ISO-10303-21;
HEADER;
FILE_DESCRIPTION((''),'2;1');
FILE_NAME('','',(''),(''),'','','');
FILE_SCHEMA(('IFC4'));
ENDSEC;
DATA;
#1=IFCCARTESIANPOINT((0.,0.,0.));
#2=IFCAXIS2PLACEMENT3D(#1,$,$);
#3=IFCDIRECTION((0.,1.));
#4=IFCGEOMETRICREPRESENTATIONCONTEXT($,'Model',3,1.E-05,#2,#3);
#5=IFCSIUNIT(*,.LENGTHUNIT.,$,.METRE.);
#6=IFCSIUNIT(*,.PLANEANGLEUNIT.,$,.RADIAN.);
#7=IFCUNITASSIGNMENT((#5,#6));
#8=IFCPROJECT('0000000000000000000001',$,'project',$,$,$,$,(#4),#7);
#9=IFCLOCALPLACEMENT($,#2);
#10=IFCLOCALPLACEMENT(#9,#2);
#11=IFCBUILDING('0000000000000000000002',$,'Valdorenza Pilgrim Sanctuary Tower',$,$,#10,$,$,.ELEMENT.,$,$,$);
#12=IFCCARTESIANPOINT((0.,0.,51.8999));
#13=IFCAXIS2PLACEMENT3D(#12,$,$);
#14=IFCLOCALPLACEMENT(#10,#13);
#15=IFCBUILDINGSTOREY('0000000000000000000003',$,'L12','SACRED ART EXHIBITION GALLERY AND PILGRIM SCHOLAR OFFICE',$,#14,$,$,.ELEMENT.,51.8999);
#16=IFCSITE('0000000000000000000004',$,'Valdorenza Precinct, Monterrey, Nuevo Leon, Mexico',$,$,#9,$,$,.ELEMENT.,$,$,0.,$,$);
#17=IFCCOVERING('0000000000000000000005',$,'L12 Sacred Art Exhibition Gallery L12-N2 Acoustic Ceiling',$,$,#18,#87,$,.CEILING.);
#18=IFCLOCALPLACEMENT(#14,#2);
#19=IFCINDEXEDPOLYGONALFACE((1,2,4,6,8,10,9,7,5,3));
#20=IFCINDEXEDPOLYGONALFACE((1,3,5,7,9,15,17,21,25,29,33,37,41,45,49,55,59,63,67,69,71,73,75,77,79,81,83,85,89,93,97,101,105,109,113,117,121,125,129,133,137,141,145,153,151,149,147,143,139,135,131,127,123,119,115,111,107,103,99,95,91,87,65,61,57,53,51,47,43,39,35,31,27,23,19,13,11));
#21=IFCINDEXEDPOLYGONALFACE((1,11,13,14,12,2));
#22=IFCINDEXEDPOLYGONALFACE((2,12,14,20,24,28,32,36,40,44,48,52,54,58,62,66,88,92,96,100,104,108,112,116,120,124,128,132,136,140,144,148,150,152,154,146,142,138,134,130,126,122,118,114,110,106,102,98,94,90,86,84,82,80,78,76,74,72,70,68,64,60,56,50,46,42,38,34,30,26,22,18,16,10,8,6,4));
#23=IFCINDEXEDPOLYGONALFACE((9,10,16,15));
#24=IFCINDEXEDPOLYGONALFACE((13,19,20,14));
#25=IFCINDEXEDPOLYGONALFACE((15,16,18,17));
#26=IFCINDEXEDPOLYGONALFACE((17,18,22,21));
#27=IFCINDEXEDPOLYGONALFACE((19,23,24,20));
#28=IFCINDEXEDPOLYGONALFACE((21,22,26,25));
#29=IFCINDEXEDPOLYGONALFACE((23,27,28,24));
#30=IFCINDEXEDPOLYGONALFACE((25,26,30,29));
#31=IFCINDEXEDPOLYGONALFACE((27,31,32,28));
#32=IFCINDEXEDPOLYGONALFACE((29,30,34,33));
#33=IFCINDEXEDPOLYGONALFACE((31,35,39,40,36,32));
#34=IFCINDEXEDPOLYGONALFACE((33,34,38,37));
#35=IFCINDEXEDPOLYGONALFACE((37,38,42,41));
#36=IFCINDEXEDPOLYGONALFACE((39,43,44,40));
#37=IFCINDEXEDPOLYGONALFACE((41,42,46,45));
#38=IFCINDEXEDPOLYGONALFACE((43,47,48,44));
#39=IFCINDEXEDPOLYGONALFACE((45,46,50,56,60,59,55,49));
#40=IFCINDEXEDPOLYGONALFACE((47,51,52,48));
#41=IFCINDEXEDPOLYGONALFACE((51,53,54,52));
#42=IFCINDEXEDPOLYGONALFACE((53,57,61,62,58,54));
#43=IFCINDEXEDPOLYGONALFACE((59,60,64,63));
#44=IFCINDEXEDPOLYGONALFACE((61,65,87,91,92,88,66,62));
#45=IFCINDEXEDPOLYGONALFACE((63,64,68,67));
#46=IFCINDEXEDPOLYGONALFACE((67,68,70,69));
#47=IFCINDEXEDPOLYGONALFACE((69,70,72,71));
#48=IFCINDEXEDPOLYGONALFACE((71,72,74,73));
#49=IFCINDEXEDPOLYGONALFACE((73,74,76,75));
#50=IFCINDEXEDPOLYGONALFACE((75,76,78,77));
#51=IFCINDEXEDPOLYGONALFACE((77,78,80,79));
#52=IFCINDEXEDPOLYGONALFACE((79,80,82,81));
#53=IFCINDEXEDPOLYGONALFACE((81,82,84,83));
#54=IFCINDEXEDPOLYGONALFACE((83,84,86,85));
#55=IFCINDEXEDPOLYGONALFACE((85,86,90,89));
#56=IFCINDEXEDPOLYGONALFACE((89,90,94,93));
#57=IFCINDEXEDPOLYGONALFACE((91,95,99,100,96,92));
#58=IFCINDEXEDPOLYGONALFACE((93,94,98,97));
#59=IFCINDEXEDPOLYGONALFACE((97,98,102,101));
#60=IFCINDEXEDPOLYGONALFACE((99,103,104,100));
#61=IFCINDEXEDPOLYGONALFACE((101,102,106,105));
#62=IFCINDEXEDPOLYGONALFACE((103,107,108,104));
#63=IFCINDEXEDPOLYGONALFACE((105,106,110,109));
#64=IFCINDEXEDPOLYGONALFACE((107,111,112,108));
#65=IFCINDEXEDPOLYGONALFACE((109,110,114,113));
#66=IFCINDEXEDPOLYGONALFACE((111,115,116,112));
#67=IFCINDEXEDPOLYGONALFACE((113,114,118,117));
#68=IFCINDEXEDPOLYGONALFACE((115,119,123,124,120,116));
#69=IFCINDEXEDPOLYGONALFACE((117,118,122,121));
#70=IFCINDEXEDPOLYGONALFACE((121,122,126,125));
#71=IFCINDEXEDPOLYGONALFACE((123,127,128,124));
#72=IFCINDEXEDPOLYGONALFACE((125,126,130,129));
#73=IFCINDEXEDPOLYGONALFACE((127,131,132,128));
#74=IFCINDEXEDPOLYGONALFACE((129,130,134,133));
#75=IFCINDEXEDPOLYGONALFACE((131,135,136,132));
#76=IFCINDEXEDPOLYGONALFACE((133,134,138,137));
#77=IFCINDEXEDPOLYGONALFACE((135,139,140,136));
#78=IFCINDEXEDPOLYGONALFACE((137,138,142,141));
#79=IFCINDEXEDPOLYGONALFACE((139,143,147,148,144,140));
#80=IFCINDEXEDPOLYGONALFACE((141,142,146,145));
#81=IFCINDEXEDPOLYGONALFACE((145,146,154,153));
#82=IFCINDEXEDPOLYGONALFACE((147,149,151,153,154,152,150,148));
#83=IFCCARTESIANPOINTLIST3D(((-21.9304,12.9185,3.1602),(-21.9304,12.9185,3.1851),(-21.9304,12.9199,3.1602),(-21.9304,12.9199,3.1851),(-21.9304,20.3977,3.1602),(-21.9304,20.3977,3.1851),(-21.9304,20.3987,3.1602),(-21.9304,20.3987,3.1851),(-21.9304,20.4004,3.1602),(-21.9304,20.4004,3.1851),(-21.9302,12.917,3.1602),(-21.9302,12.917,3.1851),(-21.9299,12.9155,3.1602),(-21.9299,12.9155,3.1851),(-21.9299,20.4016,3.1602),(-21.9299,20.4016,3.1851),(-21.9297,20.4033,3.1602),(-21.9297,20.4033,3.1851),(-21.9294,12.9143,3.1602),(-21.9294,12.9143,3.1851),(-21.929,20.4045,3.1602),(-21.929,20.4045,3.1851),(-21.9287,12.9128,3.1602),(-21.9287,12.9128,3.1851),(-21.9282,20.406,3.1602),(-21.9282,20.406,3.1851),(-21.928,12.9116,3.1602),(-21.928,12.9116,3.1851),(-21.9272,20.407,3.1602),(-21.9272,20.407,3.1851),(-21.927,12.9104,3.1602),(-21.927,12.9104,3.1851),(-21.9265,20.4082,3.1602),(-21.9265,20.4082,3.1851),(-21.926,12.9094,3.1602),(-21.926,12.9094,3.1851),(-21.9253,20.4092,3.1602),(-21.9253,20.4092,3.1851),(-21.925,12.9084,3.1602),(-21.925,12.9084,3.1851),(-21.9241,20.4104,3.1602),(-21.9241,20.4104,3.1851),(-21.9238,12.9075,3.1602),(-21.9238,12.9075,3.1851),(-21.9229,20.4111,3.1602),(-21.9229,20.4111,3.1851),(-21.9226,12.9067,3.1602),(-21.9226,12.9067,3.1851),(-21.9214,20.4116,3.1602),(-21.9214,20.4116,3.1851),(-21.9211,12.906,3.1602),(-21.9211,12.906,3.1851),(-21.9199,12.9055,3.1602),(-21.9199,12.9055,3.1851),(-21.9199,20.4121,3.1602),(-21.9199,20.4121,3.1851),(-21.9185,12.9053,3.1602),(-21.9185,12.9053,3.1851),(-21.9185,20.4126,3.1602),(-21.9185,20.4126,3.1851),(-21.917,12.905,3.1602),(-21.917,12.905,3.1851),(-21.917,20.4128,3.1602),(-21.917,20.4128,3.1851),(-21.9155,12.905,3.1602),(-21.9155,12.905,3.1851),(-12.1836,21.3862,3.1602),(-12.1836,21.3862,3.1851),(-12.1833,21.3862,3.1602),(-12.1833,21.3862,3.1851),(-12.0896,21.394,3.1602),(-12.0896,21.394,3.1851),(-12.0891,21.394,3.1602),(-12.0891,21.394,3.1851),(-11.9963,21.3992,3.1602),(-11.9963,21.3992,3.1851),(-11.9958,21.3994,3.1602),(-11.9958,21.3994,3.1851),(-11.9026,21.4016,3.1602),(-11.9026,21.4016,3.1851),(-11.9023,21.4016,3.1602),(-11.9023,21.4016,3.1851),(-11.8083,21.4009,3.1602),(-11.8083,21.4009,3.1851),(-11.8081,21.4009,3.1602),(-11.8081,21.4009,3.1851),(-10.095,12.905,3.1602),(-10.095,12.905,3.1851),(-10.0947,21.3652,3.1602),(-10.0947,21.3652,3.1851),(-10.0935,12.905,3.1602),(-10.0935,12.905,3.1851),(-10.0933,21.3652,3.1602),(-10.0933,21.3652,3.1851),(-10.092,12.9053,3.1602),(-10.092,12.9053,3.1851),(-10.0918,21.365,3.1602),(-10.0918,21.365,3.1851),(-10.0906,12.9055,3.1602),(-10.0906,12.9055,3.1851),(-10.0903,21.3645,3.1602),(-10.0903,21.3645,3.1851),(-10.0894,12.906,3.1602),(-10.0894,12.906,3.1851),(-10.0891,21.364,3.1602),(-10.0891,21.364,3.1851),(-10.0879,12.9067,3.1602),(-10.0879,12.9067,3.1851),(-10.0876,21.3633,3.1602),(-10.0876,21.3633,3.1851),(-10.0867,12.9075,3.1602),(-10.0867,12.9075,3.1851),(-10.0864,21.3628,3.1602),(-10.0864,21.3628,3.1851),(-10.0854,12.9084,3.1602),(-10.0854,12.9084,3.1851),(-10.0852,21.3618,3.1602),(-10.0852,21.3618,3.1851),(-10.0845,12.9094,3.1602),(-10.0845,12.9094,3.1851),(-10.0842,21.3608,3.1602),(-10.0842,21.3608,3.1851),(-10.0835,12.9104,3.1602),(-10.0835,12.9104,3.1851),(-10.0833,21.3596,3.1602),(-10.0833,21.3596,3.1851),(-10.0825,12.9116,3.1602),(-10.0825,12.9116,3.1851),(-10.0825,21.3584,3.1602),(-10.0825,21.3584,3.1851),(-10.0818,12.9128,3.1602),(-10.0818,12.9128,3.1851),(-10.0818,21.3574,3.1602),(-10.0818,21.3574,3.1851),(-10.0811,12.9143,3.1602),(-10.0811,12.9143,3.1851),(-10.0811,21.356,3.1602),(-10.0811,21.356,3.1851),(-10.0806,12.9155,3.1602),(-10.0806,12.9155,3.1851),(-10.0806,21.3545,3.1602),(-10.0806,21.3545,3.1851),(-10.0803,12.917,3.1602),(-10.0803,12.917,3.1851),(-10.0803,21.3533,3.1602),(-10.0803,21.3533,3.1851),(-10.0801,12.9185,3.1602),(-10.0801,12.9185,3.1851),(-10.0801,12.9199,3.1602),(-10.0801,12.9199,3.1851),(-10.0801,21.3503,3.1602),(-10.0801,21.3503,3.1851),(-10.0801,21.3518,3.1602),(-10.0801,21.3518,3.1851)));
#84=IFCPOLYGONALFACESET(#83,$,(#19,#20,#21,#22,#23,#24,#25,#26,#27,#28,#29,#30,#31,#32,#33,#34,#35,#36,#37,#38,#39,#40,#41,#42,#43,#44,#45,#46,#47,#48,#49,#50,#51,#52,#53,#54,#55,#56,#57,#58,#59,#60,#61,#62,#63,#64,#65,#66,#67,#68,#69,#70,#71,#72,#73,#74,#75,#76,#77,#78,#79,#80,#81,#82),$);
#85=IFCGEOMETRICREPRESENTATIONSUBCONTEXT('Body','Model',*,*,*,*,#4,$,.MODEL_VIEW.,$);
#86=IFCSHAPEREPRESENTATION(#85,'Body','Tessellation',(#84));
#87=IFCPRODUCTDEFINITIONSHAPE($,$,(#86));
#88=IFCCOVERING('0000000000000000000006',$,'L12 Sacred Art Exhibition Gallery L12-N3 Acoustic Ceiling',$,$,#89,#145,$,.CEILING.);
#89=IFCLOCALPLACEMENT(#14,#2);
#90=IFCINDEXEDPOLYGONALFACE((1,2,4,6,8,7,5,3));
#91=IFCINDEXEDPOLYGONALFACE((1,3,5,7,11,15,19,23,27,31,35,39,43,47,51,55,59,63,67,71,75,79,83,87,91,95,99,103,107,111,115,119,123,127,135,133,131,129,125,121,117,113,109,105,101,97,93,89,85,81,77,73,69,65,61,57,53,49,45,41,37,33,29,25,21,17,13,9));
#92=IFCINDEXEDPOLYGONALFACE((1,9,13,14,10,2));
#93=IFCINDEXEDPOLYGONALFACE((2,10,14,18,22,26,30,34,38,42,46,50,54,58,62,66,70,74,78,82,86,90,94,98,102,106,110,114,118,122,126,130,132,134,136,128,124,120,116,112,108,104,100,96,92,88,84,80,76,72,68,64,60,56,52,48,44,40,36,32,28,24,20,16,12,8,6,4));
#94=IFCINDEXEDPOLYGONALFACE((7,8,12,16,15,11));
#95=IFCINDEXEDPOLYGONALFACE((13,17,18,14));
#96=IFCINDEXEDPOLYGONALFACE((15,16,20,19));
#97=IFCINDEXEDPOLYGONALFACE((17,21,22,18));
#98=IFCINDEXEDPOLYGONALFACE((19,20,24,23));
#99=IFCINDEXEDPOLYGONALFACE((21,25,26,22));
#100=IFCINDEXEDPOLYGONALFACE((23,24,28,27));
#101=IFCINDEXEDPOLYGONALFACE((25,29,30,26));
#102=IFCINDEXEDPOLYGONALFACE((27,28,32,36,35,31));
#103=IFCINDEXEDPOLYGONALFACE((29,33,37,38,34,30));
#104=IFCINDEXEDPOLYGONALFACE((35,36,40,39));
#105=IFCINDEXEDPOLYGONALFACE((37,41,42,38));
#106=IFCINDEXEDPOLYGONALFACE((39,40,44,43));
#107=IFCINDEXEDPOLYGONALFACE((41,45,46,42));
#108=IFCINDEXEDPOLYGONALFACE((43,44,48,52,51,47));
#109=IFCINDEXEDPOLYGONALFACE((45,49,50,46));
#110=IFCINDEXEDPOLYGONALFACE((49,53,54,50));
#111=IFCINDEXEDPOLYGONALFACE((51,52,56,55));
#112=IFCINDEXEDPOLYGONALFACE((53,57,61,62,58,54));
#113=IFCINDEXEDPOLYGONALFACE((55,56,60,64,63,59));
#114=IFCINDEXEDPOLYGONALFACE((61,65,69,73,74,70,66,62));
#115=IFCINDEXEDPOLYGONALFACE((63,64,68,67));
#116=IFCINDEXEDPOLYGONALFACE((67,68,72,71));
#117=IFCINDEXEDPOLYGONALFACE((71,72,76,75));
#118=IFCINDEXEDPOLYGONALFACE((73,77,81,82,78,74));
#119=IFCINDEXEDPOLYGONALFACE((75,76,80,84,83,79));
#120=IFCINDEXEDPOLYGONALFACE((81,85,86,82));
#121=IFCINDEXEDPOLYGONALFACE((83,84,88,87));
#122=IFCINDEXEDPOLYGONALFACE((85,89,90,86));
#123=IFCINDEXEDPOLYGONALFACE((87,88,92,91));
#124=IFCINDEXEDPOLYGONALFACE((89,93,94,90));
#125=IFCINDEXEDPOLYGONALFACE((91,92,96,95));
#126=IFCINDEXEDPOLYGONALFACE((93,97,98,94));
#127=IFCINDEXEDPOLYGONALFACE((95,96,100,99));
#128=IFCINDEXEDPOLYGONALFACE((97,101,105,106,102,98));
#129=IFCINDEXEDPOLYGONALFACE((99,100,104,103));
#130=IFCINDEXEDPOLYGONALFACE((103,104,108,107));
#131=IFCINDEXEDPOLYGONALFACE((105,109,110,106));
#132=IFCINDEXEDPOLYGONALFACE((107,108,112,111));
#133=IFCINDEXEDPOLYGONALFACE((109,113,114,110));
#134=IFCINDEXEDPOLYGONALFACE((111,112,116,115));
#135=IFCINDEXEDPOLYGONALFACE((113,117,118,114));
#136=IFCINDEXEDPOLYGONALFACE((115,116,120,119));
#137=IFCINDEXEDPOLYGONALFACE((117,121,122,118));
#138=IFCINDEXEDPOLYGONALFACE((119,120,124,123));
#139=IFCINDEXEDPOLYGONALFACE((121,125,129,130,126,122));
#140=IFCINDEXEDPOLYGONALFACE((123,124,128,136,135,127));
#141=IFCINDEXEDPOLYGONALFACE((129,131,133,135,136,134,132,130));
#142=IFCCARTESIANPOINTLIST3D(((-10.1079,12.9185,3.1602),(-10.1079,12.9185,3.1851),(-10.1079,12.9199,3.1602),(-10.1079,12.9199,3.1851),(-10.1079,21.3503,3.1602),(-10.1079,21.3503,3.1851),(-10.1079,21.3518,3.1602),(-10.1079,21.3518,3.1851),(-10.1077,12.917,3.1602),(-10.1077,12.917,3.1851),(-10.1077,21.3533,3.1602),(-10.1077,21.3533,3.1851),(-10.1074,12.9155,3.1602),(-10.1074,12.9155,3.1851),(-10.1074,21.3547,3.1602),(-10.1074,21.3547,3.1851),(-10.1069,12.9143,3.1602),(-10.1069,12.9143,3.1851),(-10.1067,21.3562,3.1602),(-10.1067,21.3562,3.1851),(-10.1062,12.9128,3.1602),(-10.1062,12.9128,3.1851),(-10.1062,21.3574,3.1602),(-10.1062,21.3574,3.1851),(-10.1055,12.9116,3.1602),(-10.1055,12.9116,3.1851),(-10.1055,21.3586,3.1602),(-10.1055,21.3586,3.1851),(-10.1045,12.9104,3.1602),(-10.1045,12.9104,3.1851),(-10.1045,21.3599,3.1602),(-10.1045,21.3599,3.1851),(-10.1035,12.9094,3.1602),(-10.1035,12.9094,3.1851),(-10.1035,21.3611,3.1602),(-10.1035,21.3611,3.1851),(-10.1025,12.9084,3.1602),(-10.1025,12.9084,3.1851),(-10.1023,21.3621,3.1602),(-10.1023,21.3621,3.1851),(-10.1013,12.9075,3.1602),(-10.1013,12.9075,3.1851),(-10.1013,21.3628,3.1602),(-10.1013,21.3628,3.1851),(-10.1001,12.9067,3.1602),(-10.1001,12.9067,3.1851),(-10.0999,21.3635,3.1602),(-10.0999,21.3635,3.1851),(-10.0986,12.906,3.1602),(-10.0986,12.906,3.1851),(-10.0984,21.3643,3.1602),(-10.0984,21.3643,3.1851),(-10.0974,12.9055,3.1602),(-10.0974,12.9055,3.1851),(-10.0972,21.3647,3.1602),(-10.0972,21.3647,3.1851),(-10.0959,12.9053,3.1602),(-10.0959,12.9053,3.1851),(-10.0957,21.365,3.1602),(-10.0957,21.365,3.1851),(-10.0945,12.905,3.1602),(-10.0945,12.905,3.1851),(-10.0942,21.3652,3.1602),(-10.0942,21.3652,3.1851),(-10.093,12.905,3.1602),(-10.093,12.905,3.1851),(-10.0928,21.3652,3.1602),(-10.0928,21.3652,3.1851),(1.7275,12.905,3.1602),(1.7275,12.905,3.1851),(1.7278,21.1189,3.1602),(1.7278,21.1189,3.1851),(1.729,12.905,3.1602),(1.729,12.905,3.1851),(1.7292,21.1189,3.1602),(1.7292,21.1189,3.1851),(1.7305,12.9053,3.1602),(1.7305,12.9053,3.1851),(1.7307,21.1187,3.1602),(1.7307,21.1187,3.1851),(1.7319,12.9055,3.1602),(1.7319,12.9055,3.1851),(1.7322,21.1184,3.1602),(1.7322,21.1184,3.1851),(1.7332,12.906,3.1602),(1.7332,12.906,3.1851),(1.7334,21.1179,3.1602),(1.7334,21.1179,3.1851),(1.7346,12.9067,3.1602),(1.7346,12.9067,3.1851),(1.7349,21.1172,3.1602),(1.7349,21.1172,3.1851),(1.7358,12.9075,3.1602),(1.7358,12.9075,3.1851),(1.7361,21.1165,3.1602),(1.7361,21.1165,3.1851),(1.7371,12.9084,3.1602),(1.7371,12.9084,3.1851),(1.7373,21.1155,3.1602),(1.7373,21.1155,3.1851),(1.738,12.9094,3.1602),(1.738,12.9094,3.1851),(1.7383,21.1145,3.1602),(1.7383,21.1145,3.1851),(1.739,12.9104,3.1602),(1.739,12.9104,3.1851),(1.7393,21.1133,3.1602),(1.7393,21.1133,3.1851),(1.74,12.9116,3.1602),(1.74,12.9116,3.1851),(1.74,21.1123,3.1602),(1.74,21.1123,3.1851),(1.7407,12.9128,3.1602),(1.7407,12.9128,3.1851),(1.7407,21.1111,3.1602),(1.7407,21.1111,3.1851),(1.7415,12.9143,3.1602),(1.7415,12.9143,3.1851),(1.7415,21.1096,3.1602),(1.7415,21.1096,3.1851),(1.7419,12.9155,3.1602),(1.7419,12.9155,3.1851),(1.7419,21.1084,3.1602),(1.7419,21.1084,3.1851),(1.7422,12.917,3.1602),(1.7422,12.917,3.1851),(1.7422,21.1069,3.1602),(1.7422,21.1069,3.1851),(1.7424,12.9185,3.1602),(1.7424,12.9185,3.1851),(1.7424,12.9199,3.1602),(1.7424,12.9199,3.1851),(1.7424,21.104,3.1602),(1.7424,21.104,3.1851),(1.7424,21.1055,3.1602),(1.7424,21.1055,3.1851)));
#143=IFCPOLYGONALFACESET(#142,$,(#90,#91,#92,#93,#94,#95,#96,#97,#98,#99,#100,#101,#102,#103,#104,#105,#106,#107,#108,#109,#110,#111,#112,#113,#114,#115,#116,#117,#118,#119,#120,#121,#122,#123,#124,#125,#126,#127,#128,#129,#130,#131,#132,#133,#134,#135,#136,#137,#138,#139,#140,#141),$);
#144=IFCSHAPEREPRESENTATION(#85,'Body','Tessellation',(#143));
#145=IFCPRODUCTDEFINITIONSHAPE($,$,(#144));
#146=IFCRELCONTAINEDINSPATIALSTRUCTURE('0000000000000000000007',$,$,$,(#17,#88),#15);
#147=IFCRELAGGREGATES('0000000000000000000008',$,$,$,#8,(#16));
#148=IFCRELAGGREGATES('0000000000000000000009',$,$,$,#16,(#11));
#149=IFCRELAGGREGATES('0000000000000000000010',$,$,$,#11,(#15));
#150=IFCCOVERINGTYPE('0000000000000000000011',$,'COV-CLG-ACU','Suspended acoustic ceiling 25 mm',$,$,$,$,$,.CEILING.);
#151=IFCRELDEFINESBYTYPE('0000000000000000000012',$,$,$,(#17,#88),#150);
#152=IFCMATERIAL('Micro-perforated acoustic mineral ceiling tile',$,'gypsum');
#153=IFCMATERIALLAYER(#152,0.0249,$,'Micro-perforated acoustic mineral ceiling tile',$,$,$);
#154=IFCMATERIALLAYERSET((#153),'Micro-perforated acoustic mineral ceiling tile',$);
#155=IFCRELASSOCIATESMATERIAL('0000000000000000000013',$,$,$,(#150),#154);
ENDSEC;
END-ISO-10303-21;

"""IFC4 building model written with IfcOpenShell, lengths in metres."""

from ifc_helpers import new_model, si_unit, direction, frame, origin, place, context, subcontext, project, spatial, polyline, outline, extrude, material, layer, layer_set, type_object, element, save


model = new_model("IFC4")

# Units and contexts
model_context = context("Model", 3, precision=1e-05, world=origin(), true_north=direction((0.0, 1.0)))
body_context = subcontext(model_context, "Body", "Model", "MODEL_VIEW")
ifc_project = project(units=[si_unit("LENGTHUNIT", "METRE"), si_unit("PLANEANGLEUNIT", "RADIAN")], contexts=[model_context])

# Site, building, storey
site_placement = place(None, origin())
site = spatial("IfcSite", under=ifc_project, at=site_placement, Name="Valdorenza Precinct, Monterrey, Nuevo Leon, Mexico", CompositionType="ELEMENT", RefElevation=0.0)
building_placement = place(site_placement, origin())
building = spatial("IfcBuilding", under=site, at=building_placement, Name="Valdorenza Pilgrim Sanctuary Tower", CompositionType="ELEMENT")
storey_placement = place(building_placement, frame((0.0, 0.0, 51.8999)))
storey = spatial("IfcBuildingStorey", under=building, at=storey_placement, Name="L12", Description="SACRED ART EXHIBITION GALLERY AND PILGRIM SCHOLAR OFFICE", CompositionType="ELEMENT", Elevation=51.8999)

# Coverings
ifc_material_1 = material(Name="Micro-perforated acoustic mineral ceiling tile", Category="gypsum")
ifc_layer_1 = layer(ifc_material_1, 0.0249, Name="Micro-perforated acoustic mineral ceiling tile")
ifc_layer_set_1 = layer_set([ifc_layer_1], Name="Micro-perforated acoustic mineral ceiling tile")
covering_type_1 = type_object("IfcCoveringType", Name="COV-CLG-ACU", Description="Suspended acoustic ceiling 25 mm", PredefinedType="CEILING", material=ifc_layer_set_1)
covering_1_placement = place(storey_placement, frame((0.0, 0.0, 3.1602)))
element("IfcCovering", 1, at=covering_1_placement, inside=storey, type_object=covering_type_1, Name="L12 Sacred Art Exhibition Gallery L12-N2 Acoustic Ceiling", PredefinedType="CEILING", context=body_context, shape_type="SweptSolid", body=[
    extrude(outline(polyline([(-21.9304, 20.3977), (-21.9304, 20.3987), (-21.9304, 20.4004), (-21.9299, 20.4016), (-21.9297, 20.4033), (-21.929, 20.4045), (-21.9282, 20.406), (-21.9272, 20.407), (-21.9265, 20.4082), (-21.9253, 20.4092), (-21.9241, 20.4104), (-21.9229, 20.4111), (-21.9214, 20.4116), (-21.9199, 20.4121), (-21.9185, 20.4126), (-21.917, 20.4128), (-12.1836, 21.3862), (-12.1833, 21.3862), (-12.0896, 21.394), (-12.0891, 21.394), (-11.9963, 21.3992), (-11.9958, 21.3994), (-11.9026, 21.4016), (-11.9023, 21.4016), (-11.8083, 21.4009), (-11.8081, 21.4009), (-10.0947, 21.3652), (-10.0933, 21.3652), (-10.0918, 21.365), (-10.0903, 21.3645), (-10.0891, 21.364), (-10.0876, 21.3633), (-10.0864, 21.3628), (-10.0852, 21.3618), (-10.0842, 21.3608), (-10.0833, 21.3596), (-10.0825, 21.3584), (-10.0818, 21.3574), (-10.0811, 21.356), (-10.0806, 21.3545), (-10.0803, 21.3533), (-10.0801, 21.3518), (-10.0801, 21.3503), (-10.0801, 12.9199), (-10.0801, 12.9185), (-10.0803, 12.917), (-10.0806, 12.9155), (-10.0811, 12.9143), (-10.0818, 12.9128), (-10.0825, 12.9116), (-10.0835, 12.9104), (-10.0845, 12.9094), (-10.0854, 12.9084), (-10.0867, 12.9075), (-10.0879, 12.9067), (-10.0894, 12.906), (-10.0906, 12.9055), (-10.092, 12.9053), (-10.0935, 12.905), (-10.095, 12.905), (-21.9155, 12.905), (-21.917, 12.905), (-21.9185, 12.9053), (-21.9199, 12.9055), (-21.9211, 12.906), (-21.9226, 12.9067), (-21.9238, 12.9075), (-21.925, 12.9084), (-21.926, 12.9094), (-21.927, 12.9104), (-21.928, 12.9116), (-21.9287, 12.9128), (-21.9294, 12.9143), (-21.9299, 12.9155), (-21.9302, 12.917), (-21.9304, 12.9185), (-21.9304, 12.9199), (-21.9304, 20.3977), (-21.9304, 20.3977)])), origin(), (0.0, 0.0, 1.0), 0.0249),
])
covering_2_placement = place(storey_placement, frame((0.0, 0.0, 3.1602)))
element("IfcCovering", 2, at=covering_2_placement, inside=storey, type_object=covering_type_1, Name="L12 Sacred Art Exhibition Gallery L12-N3 Acoustic Ceiling", PredefinedType="CEILING", context=body_context, shape_type="SweptSolid", body=[
    extrude(outline(polyline([(-10.093, 12.905), (-10.0945, 12.905), (-10.0959, 12.9053), (-10.0974, 12.9055), (-10.0986, 12.906), (-10.1001, 12.9067), (-10.1013, 12.9075), (-10.1025, 12.9084), (-10.1035, 12.9094), (-10.1045, 12.9104), (-10.1055, 12.9116), (-10.1062, 12.9128), (-10.1069, 12.9143), (-10.1074, 12.9155), (-10.1077, 12.917), (-10.1079, 12.9185), (-10.1079, 12.9199), (-10.1079, 21.3503), (-10.1079, 21.3518), (-10.1077, 21.3533), (-10.1074, 21.3547), (-10.1067, 21.3562), (-10.1062, 21.3574), (-10.1055, 21.3586), (-10.1045, 21.3599), (-10.1035, 21.3611), (-10.1023, 21.3621), (-10.1013, 21.3628), (-10.0999, 21.3635), (-10.0984, 21.3643), (-10.0972, 21.3647), (-10.0957, 21.365), (-10.0942, 21.3652), (-10.0928, 21.3652), (1.7278, 21.1189), (1.7292, 21.1189), (1.7307, 21.1187), (1.7322, 21.1184), (1.7334, 21.1179), (1.7349, 21.1172), (1.7361, 21.1165), (1.7373, 21.1155), (1.7383, 21.1145), (1.7393, 21.1133), (1.74, 21.1123), (1.7407, 21.1111), (1.7415, 21.1096), (1.7419, 21.1084), (1.7422, 21.1069), (1.7424, 21.1055), (1.7424, 21.104), (1.7424, 12.9199), (1.7424, 12.9185), (1.7422, 12.917), (1.7419, 12.9155), (1.7415, 12.9143), (1.7407, 12.9128), (1.74, 12.9116), (1.739, 12.9104), (1.738, 12.9094), (1.7371, 12.9084), (1.7358, 12.9075), (1.7346, 12.9067), (1.7332, 12.906), (1.7319, 12.9055), (1.7305, 12.9053), (1.729, 12.905), (1.7275, 12.905), (-10.093, 12.905)])), origin(), (0.0, 0.0, 1.0), 0.0249),
])

save(model, "model.ifc")
